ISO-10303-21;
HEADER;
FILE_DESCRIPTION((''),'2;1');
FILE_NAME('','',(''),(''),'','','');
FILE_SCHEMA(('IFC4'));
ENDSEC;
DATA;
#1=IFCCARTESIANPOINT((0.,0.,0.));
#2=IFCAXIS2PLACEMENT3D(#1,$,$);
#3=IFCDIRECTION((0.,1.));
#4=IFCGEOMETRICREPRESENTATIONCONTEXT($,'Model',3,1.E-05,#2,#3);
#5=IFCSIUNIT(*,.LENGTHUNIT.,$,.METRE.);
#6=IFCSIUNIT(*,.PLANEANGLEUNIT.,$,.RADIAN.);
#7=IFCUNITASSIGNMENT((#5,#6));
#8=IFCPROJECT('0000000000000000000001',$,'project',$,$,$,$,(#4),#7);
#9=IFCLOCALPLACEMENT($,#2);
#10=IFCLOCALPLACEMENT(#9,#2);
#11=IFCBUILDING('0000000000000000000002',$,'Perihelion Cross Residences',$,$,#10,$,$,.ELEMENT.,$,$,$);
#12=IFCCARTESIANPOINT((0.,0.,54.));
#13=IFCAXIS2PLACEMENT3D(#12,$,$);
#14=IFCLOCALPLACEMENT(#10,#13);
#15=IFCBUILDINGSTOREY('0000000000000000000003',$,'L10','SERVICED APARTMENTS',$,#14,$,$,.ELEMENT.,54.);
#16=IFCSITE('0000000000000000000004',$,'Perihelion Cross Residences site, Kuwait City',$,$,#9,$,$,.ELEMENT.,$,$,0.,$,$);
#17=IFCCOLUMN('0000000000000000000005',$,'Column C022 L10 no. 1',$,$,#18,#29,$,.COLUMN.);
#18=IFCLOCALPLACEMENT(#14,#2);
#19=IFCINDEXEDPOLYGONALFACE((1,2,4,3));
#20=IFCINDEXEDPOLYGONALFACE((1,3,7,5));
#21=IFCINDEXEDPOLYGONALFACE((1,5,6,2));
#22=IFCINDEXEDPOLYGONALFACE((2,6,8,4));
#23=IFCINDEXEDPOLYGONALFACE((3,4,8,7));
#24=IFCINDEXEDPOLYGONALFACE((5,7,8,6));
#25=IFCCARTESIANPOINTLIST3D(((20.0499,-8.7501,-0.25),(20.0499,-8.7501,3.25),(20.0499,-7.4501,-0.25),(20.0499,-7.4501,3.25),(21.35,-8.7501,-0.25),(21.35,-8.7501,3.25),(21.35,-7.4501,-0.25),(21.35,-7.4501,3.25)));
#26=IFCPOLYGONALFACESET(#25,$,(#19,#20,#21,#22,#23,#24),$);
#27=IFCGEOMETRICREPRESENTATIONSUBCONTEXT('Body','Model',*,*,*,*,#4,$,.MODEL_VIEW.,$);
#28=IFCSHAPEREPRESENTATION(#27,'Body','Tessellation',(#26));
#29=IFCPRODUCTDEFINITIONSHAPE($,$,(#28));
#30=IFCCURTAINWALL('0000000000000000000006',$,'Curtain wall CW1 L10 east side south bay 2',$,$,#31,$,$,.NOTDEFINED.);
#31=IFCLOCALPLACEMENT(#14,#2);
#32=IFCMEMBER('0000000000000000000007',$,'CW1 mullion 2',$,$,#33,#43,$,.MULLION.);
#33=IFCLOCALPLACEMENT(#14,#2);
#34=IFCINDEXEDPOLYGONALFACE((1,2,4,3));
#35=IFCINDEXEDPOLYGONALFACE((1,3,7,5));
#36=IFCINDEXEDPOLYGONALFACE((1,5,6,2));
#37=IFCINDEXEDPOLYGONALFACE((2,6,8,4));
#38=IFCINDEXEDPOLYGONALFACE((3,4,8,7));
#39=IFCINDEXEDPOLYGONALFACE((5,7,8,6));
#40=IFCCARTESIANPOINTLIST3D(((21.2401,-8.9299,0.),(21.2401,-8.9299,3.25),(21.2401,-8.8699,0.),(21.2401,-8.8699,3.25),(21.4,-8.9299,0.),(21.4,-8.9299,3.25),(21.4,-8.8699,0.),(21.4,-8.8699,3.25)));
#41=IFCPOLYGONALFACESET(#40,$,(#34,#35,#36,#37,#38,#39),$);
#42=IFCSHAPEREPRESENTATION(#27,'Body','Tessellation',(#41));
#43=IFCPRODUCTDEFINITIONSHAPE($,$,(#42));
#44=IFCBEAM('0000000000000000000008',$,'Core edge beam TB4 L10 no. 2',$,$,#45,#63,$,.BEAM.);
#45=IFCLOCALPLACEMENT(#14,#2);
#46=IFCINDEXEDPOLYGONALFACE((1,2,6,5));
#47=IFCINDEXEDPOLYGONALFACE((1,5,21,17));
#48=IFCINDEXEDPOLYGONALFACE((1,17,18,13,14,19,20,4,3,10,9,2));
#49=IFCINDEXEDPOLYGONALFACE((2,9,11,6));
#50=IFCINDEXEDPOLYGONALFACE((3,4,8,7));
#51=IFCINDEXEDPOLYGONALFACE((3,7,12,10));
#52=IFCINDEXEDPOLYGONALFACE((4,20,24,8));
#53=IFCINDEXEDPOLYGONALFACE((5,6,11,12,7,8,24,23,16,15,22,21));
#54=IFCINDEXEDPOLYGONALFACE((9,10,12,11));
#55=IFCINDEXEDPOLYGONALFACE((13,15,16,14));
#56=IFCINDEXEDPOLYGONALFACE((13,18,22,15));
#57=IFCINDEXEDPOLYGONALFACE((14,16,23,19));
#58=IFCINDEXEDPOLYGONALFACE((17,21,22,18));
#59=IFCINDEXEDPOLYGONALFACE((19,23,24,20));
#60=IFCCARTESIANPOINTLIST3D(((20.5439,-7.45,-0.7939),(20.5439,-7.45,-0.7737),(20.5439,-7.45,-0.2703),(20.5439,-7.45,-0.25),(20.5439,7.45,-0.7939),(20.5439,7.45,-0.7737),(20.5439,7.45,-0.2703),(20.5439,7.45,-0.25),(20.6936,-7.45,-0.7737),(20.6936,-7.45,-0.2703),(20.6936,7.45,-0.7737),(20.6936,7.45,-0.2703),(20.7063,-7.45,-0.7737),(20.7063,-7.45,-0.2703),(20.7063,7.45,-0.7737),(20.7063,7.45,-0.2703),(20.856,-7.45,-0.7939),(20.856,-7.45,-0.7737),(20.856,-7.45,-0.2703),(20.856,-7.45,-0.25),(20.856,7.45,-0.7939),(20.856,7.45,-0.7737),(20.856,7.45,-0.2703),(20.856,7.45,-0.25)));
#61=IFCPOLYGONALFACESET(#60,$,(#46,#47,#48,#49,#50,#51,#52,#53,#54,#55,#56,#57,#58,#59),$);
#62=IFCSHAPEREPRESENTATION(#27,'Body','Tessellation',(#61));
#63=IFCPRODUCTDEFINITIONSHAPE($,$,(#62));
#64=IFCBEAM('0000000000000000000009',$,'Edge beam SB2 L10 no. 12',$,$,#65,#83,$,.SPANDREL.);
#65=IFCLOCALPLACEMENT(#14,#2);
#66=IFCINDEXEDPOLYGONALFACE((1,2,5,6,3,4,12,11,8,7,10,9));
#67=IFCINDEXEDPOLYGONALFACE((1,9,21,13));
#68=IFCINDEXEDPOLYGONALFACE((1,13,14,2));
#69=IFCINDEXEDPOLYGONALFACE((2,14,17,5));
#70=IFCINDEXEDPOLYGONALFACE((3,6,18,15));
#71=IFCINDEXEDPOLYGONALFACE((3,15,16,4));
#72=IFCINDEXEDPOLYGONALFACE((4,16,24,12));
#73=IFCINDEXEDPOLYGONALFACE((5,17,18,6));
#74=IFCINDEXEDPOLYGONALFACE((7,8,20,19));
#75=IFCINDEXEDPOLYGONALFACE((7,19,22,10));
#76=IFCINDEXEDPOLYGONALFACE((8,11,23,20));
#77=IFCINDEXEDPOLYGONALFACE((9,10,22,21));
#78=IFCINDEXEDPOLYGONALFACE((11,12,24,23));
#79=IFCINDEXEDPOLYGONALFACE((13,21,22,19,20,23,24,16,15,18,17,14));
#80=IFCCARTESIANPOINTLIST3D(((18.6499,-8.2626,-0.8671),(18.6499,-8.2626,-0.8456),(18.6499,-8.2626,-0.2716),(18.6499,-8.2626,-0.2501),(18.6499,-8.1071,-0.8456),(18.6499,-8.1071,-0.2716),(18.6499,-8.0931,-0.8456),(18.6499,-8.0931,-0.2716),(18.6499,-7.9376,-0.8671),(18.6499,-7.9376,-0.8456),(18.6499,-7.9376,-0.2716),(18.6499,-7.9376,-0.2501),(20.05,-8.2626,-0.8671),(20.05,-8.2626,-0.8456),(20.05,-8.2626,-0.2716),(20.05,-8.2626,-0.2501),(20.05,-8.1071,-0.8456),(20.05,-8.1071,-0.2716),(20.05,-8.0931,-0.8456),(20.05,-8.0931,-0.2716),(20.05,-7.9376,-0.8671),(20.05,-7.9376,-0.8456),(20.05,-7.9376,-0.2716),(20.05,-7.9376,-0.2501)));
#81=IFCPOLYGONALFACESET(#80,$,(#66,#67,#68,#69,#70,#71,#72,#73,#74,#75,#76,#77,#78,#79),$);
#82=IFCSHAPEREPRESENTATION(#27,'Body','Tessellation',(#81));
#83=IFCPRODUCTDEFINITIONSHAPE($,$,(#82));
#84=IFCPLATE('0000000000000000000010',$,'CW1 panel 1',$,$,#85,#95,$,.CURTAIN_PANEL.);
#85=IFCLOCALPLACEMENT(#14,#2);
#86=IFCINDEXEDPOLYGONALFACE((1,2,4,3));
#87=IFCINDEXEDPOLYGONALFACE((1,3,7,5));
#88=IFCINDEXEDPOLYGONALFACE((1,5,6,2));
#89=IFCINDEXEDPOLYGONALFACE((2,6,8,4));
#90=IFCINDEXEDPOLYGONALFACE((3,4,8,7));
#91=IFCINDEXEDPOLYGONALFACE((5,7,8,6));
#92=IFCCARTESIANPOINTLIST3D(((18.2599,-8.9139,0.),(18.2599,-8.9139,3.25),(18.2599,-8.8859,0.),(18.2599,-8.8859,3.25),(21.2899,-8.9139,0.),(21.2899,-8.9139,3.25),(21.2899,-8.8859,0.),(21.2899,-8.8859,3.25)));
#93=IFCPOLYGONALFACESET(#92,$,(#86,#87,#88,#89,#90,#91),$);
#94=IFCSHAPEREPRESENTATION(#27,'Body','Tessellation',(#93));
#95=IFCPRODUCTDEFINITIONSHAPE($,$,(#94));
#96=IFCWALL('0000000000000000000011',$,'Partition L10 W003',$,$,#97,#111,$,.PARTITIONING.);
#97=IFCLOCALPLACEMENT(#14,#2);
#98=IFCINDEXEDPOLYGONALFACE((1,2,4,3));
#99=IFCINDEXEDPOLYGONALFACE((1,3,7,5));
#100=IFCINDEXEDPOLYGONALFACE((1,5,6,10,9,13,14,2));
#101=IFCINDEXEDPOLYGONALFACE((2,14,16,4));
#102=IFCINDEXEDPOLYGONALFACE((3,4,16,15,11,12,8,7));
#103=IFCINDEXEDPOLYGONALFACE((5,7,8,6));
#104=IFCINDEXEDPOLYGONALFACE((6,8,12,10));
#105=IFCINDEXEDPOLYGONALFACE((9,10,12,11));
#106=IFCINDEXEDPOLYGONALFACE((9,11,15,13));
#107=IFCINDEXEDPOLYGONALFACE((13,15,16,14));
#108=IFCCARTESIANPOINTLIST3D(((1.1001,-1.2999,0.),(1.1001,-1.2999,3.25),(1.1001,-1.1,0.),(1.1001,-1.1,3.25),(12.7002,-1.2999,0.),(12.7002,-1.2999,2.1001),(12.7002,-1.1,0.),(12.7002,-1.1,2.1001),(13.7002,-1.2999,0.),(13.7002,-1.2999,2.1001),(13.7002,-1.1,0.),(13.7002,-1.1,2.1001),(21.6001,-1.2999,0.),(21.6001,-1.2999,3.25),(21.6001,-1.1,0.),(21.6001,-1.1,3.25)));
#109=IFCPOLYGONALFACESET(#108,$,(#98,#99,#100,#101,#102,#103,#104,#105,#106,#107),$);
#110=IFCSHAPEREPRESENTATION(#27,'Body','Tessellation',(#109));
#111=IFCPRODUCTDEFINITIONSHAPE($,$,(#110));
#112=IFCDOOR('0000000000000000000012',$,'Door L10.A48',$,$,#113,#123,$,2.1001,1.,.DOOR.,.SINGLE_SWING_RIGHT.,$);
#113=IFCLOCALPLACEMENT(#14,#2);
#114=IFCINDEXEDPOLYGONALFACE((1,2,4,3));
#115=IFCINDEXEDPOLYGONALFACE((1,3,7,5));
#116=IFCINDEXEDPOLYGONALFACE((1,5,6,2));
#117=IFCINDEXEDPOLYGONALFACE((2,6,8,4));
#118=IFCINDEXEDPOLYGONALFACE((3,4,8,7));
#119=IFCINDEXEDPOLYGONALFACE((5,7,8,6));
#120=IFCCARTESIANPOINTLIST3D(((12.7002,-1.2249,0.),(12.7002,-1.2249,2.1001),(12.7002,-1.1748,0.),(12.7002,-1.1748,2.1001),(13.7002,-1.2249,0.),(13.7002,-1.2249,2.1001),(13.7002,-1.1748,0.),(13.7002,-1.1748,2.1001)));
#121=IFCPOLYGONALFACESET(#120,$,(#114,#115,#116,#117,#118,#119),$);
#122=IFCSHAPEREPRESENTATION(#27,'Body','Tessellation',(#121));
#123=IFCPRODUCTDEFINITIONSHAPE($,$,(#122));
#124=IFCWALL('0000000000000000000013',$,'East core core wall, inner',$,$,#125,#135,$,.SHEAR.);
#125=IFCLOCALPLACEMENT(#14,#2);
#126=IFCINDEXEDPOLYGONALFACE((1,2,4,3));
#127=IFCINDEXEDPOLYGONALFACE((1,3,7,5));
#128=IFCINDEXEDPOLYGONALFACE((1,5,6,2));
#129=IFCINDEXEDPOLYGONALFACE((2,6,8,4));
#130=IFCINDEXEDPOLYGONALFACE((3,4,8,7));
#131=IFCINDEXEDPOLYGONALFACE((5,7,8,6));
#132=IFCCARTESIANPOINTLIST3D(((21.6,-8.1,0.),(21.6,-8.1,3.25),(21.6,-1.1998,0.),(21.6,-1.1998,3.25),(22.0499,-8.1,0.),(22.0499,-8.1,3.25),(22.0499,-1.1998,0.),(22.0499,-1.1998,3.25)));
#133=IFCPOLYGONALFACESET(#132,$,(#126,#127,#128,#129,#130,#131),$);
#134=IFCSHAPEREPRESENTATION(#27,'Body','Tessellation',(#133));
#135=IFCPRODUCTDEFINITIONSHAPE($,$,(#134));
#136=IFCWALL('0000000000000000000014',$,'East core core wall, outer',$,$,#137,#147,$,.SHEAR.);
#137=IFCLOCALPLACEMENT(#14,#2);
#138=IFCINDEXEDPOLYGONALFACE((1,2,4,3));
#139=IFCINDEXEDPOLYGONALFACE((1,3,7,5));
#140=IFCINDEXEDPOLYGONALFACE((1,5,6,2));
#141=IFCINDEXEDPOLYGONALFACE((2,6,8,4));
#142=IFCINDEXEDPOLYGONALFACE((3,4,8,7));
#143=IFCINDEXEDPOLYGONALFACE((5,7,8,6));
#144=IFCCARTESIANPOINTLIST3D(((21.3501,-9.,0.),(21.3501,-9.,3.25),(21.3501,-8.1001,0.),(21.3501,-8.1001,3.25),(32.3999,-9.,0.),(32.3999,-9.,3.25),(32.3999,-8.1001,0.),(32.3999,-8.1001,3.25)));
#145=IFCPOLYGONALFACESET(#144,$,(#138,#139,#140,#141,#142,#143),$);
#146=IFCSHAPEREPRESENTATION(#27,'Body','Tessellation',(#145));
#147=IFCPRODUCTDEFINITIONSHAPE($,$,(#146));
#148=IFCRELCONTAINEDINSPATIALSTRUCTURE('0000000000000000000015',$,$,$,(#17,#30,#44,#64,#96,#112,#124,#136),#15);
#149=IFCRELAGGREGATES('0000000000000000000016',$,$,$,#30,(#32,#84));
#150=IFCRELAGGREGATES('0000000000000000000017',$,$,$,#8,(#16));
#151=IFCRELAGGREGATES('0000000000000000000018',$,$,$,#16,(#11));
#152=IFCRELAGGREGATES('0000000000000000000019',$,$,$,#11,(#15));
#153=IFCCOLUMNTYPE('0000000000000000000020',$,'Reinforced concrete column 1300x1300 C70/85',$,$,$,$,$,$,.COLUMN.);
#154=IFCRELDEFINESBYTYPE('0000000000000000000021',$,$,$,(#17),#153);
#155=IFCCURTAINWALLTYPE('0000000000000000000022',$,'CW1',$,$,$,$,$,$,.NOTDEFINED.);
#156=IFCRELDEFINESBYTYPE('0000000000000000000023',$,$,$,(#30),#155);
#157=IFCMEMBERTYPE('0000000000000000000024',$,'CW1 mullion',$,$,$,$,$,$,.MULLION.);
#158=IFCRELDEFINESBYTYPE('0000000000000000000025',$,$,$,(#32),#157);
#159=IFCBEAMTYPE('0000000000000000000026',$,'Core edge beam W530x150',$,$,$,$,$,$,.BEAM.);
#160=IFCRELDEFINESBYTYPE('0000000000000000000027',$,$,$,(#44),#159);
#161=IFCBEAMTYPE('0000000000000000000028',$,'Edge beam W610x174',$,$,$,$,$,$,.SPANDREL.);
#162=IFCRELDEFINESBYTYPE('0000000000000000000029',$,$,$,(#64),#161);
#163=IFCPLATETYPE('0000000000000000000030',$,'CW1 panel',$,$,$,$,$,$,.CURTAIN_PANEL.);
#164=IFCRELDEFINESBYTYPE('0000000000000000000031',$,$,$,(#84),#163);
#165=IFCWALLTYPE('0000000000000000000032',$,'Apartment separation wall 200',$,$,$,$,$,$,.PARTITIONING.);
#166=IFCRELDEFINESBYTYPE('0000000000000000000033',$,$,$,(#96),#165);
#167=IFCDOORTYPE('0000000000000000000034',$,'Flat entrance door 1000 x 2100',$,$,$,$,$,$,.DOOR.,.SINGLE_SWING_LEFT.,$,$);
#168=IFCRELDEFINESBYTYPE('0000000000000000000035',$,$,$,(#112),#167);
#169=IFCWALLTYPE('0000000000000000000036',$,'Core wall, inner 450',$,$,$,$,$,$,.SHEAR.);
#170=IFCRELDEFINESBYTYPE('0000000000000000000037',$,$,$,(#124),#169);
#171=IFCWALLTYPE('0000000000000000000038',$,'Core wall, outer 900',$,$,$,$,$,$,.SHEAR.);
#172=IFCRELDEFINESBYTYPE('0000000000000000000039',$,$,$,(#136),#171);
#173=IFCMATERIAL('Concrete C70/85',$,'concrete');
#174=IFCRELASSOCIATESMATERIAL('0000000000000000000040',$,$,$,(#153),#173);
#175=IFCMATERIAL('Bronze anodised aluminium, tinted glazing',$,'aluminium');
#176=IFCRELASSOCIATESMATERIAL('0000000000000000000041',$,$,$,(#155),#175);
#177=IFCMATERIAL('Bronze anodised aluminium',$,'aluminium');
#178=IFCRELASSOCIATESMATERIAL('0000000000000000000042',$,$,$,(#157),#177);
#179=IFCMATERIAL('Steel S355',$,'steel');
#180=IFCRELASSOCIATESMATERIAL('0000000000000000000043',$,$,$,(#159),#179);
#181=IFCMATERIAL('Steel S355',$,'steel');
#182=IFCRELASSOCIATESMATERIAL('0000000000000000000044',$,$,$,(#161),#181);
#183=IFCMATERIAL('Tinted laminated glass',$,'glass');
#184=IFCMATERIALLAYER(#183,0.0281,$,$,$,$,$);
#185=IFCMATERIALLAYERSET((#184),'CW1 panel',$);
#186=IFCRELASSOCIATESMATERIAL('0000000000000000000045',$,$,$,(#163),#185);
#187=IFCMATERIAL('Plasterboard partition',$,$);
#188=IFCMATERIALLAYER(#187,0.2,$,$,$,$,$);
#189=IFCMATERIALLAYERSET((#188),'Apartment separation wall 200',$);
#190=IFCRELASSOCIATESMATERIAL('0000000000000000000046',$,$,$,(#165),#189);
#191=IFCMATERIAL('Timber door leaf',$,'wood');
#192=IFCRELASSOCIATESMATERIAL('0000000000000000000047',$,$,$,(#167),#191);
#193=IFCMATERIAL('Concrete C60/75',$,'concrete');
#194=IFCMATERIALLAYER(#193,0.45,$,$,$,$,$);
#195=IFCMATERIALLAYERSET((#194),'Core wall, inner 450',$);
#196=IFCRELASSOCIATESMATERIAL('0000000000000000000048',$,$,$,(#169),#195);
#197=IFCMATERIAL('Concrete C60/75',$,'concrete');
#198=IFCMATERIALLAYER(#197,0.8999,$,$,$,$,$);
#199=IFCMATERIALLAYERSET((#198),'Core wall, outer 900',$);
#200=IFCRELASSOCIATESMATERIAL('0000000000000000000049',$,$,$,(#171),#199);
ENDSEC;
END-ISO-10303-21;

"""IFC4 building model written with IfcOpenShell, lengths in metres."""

from ifc_helpers import new_model, si_unit, direction, frame, frame_2d, origin, origin_2d, place, context, subcontext, project, spatial, rectangle, i_section, extrude, material, layer, layer_set, material_profile, profile_set, type_object, element, fill, aggregate, save


model = new_model("IFC4")

# Units and contexts
model_context = context("Model", 3, precision=1e-05, world=origin(), true_north=direction((0.0, 1.0)))
body_context = subcontext(model_context, "Body", "Model", "MODEL_VIEW")
ifc_project = project(units=[si_unit("LENGTHUNIT", "METRE"), si_unit("PLANEANGLEUNIT", "RADIAN")], contexts=[model_context])

# Site, building, storey
site_placement = place(None, origin())
site = spatial("IfcSite", under=ifc_project, at=site_placement, Name="Perihelion Cross Residences site, Kuwait City", CompositionType="ELEMENT", RefElevation=0.0)
building_placement = place(site_placement, origin())
building = spatial("IfcBuilding", under=site, at=building_placement, Name="Perihelion Cross Residences", CompositionType="ELEMENT")
storey_placement = place(building_placement, frame((0.0, 0.0, 54.0)))
storey = spatial("IfcBuildingStorey", under=building, at=storey_placement, Name="L10", Description="SERVICED APARTMENTS", CompositionType="ELEMENT", Elevation=54.0)

# Column
ifc_material_1 = material(Name="Concrete C70/85", Category="concrete")
ifc_material_profile_1 = material_profile(ifc_material_1, rectangle(XDim=1.3, YDim=1.3, at=origin_2d()), Name="RC 1300x1300")
ifc_profile_set_1 = profile_set([ifc_material_profile_1], Name="Concrete C70/85")
column_type = type_object("IfcColumnType", Name="Reinforced concrete column 1300x1300 C70/85", PredefinedType="COLUMN", material=ifc_profile_set_1)
column_placement = place(storey_placement, frame((20.7, -8.1001, -0.25), z_axis=(0.0, 0.0, 1.0), x_axis=(1.0, 0.0, 0.0)))
element("IfcColumn", 1, at=column_placement, inside=storey, type_object=column_type, Name="Column C022 L10 no. 1", PredefinedType="COLUMN", context=body_context, shape_type="SweptSolid", body=[
    extrude(rectangle(XDim=1.3, YDim=1.3, at=origin_2d()), origin(), (0.0, 0.0, 1.0), 3.5),
])

# Curtain wall, member
ifc_material_2 = material(Name="Bronze anodised aluminium, tinted glazing", Category="aluminium")
curtain_wall_type = type_object("IfcCurtainWallType", Name="CW1", PredefinedType="NOTDEFINED", material=ifc_material_2)
curtain_wall_placement = place(storey_placement, origin())
curtain_wall = element("IfcCurtainWall", 2, at=curtain_wall_placement, inside=storey, type_object=curtain_wall_type, Name="Curtain wall CW1 L10 east side south bay 2", PredefinedType="NOTDEFINED")
ifc_material_3 = material(Name="Bronze anodised aluminium", Category="aluminium")
ifc_material_profile_2 = material_profile(ifc_material_3, rectangle(XDim=0.0601, YDim=0.1599, at=origin_2d()), Name="CW1 mullion")
ifc_profile_set_2 = profile_set([ifc_material_profile_2], Name="Bronze anodised aluminium")
member_type = type_object("IfcMemberType", Name="CW1 mullion", PredefinedType="MULLION", material=ifc_profile_set_2)
member_placement = place(storey_placement, frame((21.3201, -8.8999, 0.0), z_axis=(0.0, 0.0, 1.0), x_axis=(0.0, 1.0, 0.0)))
member = element("IfcMember", 3, at=member_placement, type_object=member_type, Name="CW1 mullion 2", PredefinedType="MULLION", context=body_context, shape_type="SweptSolid", body=[
    extrude(rectangle(XDim=0.0601, YDim=0.1599, at=origin_2d()), origin(), (0.0, 0.0, 1.0), 3.25),
])

# Beams
ifc_material_4 = material(Name="Steel S355", Category="steel")
ifc_material_profile_3 = material_profile(ifc_material_4, i_section(OverallWidth=0.312, OverallDepth=0.5439, WebThickness=0.0127, FlangeThickness=0.0203, at=origin_2d()), Name="W530x150")
ifc_profile_set_3 = profile_set([ifc_material_profile_3], Name="Steel S355")
beam_type_1 = type_object("IfcBeamType", Name="Core edge beam W530x150", PredefinedType="BEAM", material=ifc_profile_set_3)
beam_1_placement = place(storey_placement, frame((20.7, -7.45, -0.522), z_axis=(0.0, 1.0, 0.0), x_axis=(-1.0, 0.0, 0.0)))
element("IfcBeam", 4, at=beam_1_placement, inside=storey, type_object=beam_type_1, Name="Core edge beam TB4 L10 no. 2", PredefinedType="BEAM", context=body_context, shape_type="SweptSolid", body=[
    extrude(i_section(OverallWidth=0.312, OverallDepth=0.5439, WebThickness=0.0127, FlangeThickness=0.0203, at=origin_2d()), origin(), (0.0, 0.0, 1.0), 14.8999),
])
ifc_material_5 = material(Name="Steel S355", Category="steel")
ifc_material_profile_4 = material_profile(ifc_material_5, i_section(OverallWidth=0.325, OverallDepth=0.6169, WebThickness=0.0139, FlangeThickness=0.0215, at=origin_2d()), Name="W610x174")
ifc_profile_set_4 = profile_set([ifc_material_profile_4], Name="Steel S355")
beam_type_2 = type_object("IfcBeamType", Name="Edge beam W610x174", PredefinedType="SPANDREL", material=ifc_profile_set_4)
beam_2_placement = place(storey_placement, frame((18.6499, -8.1001, -0.5586), z_axis=(1.0, 0.0, 0.0), x_axis=(0.0, 1.0, 0.0)))
element("IfcBeam", 5, at=beam_2_placement, inside=storey, type_object=beam_type_2, Name="Edge beam SB2 L10 no. 12", PredefinedType="SPANDREL", context=body_context, shape_type="SweptSolid", body=[
    extrude(i_section(OverallWidth=0.325, OverallDepth=0.6169, WebThickness=0.0139, FlangeThickness=0.0215, at=origin_2d()), origin(), (0.0, 0.0, 1.0), 1.4001),
])

# Plate
ifc_material_6 = material(Name="Tinted laminated glass", Category="glass")
ifc_layer_1 = layer(ifc_material_6, 0.0281)
ifc_layer_set_1 = layer_set([ifc_layer_1], Name="CW1 panel")
plate_type = type_object("IfcPlateType", Name="CW1 panel", PredefinedType="CURTAIN_PANEL", material=ifc_layer_set_1)
plate_placement = place(storey_placement, frame((19.7749, -8.8999, 0.0), z_axis=(0.0, 0.0, 1.0), x_axis=(1.0, 0.0, 0.0)))
plate = element("IfcPlate", 6, at=plate_placement, type_object=plate_type, Name="CW1 panel 1", PredefinedType="CURTAIN_PANEL", context=body_context, shape_type="SweptSolid", body=[
    extrude(rectangle(XDim=3.03, YDim=0.0281, at=origin_2d()), origin(), (0.0, 0.0, 1.0), 3.25),
])
aggregate(curtain_wall, [member, plate])

# Wall, opening, door
ifc_material_7 = material(Name="Plasterboard partition")
ifc_layer_2 = layer(ifc_material_7, 0.2)
ifc_layer_set_2 = layer_set([ifc_layer_2], Name="Apartment separation wall 200")
wall_type_1 = type_object("IfcWallType", Name="Apartment separation wall 200", PredefinedType="PARTITIONING", material=ifc_layer_set_2)
wall_1_placement = place(storey_placement, frame((21.6001, -1.2, 0.0), z_axis=(0.0, 0.0, 1.0), x_axis=(-1.0, 0.0, 0.0)))
wall_1 = element("IfcWall", 7, at=wall_1_placement, inside=storey, type_object=wall_type_1, Name="Partition L10 W003", PredefinedType="PARTITIONING", context=body_context, shape_type="SweptSolid", body=[
    extrude(rectangle(XDim=20.5, YDim=0.2, at=frame_2d((10.25, 0.0))), origin(), (0.0, 0.0, 1.0), 3.25),
])
opening_1_placement = place(wall_1_placement, frame((7.8999, 0.0, 0.0)))
opening_1 = element("IfcOpeningElement", 8, at=opening_1_placement, cuts=wall_1, PredefinedType="OPENING", context=body_context, shape_type="SweptSolid", body=[
    extrude(rectangle(XDim=1.0, YDim=2.1001, at=frame_2d((0.5, 1.05))), frame((0.0, 0.1099, 0.0), z_axis=(0.0, -1.0, 0.0), x_axis=(1.0, 0.0, 0.0)), (0.0, 0.0, 1.0), 0.22),
])
ifc_material_8 = material(Name="Timber door leaf", Category="wood")
door_type_1 = type_object("IfcDoorType", Name="Flat entrance door 1000 x 2100", OperationType="SINGLE_SWING_LEFT", PredefinedType="DOOR", material=ifc_material_8)
door_1_placement = place(opening_1_placement, origin())
door_1 = element("IfcDoor", 9, at=door_1_placement, inside=storey, type_object=door_type_1, Name="Door L10.A48", OperationType="SINGLE_SWING_RIGHT", OverallHeight=2.1001, OverallWidth=1.0, PredefinedType="DOOR", context=body_context, shape_type="SweptSolid", body=[
    extrude(rectangle(XDim=1.0, YDim=2.1001, at=frame_2d((0.5, 1.05))), frame((0.0, 0.0249, 0.0), z_axis=(0.0, -1.0, 0.0), x_axis=(1.0, 0.0, 0.0)), (0.0, 0.0, 1.0), 0.05),
])
fill(opening_1, door_1)

# Walls
ifc_material_9 = material(Name="Concrete C60/75", Category="concrete")
ifc_layer_3 = layer(ifc_material_9, 0.45)
ifc_layer_set_3 = layer_set([ifc_layer_3], Name="Core wall, inner 450")
wall_type_2 = type_object("IfcWallType", Name="Core wall, inner 450", PredefinedType="SHEAR", material=ifc_layer_set_3)
wall_2_placement = place(storey_placement, frame((21.825, -8.1001, 0.0), z_axis=(0.0, 0.0, 1.0), x_axis=(0.0, 1.0, 0.0)))
element("IfcWall", 10, at=wall_2_placement, inside=storey, type_object=wall_type_2, Name="East core core wall, inner", PredefinedType="SHEAR", context=body_context, shape_type="SweptSolid", body=[
    extrude(rectangle(XDim=6.9001, YDim=0.45, at=frame_2d((3.4502, 0.0))), origin(), (0.0, 0.0, 1.0), 3.25),
])
ifc_material_10 = material(Name="Concrete C60/75", Category="concrete")
ifc_layer_4 = layer(ifc_material_10, 0.8999)
ifc_layer_set_4 = layer_set([ifc_layer_4], Name="Core wall, outer 900")
wall_type_3 = type_object("IfcWallType", Name="Core wall, outer 900", PredefinedType="SHEAR", material=ifc_layer_set_4)
wall_3_placement = place(storey_placement, frame((21.3501, -8.55, 0.0), z_axis=(0.0, 0.0, 1.0), x_axis=(1.0, 0.0, 0.0)))
element("IfcWall", 11, at=wall_3_placement, inside=storey, type_object=wall_type_3, Name="East core core wall, outer", PredefinedType="SHEAR", context=body_context, shape_type="SweptSolid", body=[
    extrude(rectangle(XDim=11.0498, YDim=0.8999, at=frame_2d((5.5249, 0.0))), origin(), (0.0, 0.0, 1.0), 3.25),
])

save(model, "model.ifc")
